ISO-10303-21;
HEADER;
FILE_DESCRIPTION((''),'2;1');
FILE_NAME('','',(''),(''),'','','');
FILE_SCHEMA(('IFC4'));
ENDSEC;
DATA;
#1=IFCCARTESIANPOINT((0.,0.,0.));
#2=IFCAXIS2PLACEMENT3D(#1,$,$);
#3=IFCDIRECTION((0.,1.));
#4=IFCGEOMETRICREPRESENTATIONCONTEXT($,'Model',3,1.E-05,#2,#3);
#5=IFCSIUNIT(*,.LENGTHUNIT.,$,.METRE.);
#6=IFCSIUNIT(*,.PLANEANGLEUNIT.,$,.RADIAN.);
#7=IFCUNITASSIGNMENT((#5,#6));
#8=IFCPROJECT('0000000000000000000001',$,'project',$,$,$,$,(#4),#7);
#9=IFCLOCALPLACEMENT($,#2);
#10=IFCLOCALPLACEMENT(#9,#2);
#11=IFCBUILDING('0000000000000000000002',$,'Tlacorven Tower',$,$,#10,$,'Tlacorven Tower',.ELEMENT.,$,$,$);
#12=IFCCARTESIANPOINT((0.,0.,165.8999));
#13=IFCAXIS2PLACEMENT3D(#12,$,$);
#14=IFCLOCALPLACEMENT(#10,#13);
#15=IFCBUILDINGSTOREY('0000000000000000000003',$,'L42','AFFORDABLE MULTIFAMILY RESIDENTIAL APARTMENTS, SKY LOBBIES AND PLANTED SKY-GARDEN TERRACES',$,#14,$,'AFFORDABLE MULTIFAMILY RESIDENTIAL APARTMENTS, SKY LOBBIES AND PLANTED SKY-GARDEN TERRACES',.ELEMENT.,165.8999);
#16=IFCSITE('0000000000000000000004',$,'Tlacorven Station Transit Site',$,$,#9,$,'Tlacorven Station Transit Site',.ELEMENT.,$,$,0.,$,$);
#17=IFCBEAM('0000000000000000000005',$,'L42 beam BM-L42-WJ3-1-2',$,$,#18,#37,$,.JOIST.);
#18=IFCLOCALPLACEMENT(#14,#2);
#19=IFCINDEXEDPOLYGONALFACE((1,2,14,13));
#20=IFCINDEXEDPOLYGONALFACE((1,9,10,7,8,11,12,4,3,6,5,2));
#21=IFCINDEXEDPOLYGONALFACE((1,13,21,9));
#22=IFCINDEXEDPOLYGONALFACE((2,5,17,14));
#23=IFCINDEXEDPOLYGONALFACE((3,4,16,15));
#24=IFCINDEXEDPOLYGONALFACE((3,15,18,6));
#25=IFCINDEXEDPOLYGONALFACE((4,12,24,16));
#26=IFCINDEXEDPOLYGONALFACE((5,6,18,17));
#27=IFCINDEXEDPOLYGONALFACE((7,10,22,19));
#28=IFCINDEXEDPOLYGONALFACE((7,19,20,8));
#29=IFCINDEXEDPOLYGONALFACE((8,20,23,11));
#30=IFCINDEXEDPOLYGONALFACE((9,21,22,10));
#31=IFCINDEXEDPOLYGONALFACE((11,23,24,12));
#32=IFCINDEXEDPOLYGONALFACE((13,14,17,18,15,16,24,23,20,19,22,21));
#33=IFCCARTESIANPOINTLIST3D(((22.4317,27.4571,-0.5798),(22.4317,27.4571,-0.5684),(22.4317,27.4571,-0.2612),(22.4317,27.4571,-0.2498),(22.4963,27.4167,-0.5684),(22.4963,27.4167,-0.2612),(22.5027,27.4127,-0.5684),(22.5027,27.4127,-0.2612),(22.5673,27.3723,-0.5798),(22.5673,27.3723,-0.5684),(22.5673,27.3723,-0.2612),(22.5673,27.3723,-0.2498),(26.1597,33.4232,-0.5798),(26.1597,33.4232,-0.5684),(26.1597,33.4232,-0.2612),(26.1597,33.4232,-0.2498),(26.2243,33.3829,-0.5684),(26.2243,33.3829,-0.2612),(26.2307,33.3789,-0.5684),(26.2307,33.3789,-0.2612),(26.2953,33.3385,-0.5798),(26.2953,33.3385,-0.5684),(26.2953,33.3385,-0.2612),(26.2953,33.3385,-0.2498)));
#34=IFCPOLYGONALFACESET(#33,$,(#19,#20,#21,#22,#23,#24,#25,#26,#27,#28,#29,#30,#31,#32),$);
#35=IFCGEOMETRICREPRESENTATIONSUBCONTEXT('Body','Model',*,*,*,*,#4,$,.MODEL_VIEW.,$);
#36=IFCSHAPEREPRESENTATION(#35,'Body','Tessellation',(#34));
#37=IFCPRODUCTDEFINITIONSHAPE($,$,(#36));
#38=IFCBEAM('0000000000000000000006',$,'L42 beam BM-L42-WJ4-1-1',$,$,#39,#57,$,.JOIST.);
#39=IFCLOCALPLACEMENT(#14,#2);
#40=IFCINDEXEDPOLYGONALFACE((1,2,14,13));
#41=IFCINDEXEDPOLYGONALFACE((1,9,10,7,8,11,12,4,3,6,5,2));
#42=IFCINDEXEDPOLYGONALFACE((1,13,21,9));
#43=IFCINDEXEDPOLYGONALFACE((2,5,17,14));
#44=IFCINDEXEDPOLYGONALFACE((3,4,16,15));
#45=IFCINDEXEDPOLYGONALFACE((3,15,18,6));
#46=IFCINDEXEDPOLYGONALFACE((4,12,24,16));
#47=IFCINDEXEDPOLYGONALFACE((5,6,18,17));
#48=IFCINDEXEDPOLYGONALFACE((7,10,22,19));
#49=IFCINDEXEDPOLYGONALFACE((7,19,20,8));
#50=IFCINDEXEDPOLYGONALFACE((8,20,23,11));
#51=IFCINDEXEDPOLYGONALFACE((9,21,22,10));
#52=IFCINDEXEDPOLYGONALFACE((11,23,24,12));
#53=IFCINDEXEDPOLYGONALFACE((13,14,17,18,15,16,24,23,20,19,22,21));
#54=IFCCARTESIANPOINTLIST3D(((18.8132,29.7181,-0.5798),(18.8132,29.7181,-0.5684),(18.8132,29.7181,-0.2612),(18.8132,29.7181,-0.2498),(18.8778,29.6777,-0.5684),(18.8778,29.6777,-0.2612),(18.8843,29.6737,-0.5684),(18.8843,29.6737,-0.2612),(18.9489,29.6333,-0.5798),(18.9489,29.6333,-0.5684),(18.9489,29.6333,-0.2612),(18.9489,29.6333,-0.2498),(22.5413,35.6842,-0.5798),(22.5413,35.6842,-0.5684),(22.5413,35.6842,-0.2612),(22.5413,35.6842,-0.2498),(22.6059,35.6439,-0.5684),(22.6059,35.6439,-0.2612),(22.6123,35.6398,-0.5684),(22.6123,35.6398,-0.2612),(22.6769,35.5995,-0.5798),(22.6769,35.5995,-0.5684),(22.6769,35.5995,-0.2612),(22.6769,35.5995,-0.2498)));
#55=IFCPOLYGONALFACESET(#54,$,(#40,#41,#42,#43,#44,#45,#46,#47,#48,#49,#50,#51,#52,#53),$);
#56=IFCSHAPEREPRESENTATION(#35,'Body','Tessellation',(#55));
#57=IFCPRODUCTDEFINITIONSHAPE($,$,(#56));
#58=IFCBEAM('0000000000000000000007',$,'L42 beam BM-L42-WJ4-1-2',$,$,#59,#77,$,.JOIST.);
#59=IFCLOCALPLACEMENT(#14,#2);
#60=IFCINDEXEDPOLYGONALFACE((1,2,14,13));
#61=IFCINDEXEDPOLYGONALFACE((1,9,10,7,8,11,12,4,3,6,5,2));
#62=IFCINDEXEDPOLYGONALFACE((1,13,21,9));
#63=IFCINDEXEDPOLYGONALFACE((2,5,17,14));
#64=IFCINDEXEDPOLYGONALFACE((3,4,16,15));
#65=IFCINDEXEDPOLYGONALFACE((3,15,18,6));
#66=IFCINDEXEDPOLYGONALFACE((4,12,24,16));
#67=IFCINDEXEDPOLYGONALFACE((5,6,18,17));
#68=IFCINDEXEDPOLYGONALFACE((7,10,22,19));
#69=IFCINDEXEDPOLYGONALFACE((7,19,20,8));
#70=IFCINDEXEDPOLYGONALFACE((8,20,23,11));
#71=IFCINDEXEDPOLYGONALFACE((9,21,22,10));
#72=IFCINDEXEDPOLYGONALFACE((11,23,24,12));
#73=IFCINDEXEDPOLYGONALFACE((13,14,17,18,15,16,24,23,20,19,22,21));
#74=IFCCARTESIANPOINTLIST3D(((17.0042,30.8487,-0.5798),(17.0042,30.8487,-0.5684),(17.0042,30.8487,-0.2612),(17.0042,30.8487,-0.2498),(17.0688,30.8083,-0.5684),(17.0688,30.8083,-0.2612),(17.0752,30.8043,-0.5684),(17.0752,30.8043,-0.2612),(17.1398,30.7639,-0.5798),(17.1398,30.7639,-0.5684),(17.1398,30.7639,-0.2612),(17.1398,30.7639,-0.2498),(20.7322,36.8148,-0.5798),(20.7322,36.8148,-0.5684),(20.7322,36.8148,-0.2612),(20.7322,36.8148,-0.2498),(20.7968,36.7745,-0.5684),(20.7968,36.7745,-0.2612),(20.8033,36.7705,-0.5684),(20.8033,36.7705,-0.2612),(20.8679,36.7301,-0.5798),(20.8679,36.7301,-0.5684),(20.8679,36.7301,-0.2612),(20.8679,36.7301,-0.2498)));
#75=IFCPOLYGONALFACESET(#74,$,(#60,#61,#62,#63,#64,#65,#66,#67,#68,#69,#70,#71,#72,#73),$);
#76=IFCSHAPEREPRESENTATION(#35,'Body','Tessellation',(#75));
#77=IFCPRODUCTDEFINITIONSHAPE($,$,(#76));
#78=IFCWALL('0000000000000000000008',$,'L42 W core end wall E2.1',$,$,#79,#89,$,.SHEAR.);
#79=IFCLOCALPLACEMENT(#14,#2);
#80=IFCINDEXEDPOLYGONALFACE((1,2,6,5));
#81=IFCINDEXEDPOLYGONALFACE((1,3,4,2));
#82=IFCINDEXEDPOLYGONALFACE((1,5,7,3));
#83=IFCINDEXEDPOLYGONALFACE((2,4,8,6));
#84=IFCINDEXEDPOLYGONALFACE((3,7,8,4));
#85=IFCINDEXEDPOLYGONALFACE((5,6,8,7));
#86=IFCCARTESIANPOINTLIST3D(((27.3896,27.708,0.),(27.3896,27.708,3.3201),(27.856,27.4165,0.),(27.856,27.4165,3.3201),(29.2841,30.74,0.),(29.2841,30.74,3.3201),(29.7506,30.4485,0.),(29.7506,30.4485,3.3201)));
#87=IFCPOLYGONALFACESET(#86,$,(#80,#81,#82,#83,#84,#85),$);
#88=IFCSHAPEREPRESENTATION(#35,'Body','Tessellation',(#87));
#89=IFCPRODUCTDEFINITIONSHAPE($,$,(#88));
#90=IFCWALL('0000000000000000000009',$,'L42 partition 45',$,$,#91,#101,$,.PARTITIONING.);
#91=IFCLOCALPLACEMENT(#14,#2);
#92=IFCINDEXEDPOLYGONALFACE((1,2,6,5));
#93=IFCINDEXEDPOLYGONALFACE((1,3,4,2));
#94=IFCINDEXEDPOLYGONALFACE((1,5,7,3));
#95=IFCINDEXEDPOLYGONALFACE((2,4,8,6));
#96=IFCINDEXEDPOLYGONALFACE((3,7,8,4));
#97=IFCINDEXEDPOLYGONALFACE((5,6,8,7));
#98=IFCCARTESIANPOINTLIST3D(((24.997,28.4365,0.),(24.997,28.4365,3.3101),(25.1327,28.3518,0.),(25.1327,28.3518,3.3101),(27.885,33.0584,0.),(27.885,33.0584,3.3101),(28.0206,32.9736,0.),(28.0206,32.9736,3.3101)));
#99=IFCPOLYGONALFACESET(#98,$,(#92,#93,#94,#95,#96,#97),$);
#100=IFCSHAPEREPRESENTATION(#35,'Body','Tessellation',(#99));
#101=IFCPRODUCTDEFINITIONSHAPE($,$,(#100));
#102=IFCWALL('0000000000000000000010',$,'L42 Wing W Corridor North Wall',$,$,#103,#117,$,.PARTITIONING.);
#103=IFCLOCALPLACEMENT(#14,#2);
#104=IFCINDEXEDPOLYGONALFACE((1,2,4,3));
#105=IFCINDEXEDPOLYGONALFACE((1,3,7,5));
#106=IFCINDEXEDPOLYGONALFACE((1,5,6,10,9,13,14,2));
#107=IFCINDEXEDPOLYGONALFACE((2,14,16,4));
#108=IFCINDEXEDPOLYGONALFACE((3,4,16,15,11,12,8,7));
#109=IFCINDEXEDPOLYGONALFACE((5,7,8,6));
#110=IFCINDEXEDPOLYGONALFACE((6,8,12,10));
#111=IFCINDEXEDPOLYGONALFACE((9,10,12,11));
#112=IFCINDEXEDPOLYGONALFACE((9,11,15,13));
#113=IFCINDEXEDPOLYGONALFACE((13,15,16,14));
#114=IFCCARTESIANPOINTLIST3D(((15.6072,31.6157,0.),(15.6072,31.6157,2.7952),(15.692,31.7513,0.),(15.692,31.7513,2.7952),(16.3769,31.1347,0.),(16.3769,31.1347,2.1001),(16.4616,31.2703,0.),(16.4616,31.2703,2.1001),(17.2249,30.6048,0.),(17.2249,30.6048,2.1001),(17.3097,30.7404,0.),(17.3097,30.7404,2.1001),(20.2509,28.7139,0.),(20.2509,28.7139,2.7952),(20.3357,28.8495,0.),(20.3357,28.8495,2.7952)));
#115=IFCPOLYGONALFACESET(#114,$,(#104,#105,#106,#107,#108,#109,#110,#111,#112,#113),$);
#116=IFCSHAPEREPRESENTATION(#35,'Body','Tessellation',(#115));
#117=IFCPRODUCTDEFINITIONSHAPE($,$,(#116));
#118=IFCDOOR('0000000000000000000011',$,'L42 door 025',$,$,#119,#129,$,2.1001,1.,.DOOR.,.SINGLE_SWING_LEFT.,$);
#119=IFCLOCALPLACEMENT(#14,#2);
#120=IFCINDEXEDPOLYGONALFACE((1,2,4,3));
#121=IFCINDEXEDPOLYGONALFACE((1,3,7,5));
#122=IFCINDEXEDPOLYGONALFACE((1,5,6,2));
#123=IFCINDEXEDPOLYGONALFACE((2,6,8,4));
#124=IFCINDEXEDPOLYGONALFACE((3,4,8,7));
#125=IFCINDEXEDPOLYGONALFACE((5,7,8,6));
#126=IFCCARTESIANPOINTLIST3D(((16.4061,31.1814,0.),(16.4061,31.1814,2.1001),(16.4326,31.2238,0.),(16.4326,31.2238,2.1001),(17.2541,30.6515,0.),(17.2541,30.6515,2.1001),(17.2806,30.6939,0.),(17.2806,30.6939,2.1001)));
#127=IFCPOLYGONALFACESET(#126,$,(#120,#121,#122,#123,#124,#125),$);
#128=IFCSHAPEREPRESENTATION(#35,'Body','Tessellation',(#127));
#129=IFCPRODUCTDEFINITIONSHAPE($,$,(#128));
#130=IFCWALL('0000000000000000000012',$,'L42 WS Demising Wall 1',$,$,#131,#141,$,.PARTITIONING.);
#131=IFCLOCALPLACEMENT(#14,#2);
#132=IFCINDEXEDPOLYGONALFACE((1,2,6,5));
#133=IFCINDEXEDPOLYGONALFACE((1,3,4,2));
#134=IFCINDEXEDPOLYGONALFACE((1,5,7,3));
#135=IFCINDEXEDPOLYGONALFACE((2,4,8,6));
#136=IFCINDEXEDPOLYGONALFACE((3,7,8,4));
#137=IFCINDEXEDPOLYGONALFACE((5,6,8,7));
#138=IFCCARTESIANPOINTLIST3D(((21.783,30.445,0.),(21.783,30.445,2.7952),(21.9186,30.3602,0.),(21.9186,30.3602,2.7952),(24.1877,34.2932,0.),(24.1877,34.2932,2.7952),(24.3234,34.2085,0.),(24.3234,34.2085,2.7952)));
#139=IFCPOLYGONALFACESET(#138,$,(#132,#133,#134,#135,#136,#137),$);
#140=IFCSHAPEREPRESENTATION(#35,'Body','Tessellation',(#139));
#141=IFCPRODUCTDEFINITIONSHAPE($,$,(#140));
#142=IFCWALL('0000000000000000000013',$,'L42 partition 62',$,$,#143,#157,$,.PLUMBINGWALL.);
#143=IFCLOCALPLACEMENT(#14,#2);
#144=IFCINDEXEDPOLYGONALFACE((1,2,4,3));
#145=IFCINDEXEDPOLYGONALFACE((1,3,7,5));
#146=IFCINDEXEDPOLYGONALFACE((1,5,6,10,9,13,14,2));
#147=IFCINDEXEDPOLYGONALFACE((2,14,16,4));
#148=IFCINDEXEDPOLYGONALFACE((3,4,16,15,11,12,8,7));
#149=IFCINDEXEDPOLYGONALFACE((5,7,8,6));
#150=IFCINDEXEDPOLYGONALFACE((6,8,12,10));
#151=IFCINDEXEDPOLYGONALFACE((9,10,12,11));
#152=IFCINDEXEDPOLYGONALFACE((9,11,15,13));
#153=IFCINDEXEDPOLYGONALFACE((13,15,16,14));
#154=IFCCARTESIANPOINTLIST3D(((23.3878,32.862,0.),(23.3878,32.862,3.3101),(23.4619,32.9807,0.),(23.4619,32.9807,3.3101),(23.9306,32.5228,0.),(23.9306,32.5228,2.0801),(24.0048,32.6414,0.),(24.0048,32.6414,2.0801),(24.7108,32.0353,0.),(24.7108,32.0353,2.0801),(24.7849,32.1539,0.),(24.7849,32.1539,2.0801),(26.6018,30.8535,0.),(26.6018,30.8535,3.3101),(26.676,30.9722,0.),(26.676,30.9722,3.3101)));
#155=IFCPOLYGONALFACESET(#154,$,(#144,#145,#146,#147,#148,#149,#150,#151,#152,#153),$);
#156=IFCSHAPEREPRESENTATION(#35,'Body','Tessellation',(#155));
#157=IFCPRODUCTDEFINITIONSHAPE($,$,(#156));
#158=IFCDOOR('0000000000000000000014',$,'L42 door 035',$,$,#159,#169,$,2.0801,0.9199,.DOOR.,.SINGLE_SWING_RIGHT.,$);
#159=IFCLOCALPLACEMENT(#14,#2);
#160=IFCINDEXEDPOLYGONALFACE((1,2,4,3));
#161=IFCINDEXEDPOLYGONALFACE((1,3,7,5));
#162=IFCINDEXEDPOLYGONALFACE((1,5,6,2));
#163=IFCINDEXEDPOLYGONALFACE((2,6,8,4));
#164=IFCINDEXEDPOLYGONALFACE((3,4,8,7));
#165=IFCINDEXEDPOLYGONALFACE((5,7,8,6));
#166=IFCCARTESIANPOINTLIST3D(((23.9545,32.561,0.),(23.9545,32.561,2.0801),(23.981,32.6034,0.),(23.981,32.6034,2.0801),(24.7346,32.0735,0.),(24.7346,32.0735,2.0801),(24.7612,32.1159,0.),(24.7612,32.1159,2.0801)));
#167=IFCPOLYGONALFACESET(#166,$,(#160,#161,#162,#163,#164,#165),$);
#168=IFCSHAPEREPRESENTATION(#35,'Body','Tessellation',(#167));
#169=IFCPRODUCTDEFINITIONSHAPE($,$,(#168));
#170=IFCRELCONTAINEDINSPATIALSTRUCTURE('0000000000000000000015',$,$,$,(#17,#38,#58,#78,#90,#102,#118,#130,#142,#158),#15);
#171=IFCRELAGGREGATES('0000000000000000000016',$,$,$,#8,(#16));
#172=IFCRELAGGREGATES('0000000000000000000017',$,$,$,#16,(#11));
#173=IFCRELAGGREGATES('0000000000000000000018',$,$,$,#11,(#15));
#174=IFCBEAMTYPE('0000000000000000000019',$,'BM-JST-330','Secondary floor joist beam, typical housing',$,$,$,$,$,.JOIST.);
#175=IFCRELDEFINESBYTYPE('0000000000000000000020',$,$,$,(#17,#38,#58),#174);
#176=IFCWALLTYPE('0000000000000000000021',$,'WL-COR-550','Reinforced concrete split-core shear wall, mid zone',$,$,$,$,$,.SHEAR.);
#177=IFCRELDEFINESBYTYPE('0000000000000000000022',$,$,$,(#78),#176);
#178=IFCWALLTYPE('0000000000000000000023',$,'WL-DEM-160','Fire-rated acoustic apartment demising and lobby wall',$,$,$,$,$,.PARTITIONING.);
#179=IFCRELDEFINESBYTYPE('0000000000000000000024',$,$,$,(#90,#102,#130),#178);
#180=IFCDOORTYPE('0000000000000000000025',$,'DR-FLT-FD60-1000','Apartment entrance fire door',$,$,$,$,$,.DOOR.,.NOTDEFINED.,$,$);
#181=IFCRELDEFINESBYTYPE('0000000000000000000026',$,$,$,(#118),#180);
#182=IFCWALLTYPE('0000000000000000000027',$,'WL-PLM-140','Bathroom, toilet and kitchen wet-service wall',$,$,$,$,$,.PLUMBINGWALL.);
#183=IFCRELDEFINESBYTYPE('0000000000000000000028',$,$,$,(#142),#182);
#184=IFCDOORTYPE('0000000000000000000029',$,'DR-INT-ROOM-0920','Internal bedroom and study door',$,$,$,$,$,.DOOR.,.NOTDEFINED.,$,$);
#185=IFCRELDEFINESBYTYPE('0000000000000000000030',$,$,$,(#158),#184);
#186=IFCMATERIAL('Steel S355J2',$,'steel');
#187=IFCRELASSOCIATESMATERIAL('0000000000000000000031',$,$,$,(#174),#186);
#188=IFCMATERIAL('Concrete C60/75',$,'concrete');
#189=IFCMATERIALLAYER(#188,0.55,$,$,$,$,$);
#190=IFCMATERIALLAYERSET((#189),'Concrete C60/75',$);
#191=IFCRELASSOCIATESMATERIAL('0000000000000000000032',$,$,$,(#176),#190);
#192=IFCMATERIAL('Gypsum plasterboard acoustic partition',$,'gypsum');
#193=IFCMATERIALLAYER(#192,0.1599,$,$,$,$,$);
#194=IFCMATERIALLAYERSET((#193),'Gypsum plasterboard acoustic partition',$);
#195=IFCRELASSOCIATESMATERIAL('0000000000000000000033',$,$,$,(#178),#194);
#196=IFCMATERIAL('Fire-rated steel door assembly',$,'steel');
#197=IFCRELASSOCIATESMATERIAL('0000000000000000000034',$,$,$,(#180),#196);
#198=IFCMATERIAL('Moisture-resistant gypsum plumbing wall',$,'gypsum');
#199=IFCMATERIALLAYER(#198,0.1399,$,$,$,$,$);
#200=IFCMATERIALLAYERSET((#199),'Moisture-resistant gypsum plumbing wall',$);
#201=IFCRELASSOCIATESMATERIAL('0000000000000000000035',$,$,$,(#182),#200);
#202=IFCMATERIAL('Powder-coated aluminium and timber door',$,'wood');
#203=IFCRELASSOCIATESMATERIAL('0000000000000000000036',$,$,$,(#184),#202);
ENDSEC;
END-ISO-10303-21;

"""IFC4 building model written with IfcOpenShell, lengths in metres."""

from ifc_helpers import new_model, si_unit, direction, frame, frame_2d, origin, origin_2d, place, context, subcontext, project, spatial, rectangle, i_section, extrude, source, transform, mapped, material, layer, layer_set, material_profile, profile_set, type_object, element, fill, save


model = new_model("IFC4")

# Units and contexts
model_context = context("Model", 3, precision=1e-05, world=origin(), true_north=direction((0.0, 1.0)))
body_context = subcontext(model_context, "Body", "Model", "MODEL_VIEW")
ifc_project = project(units=[si_unit("LENGTHUNIT", "METRE"), si_unit("PLANEANGLEUNIT", "RADIAN")], contexts=[model_context])

# Site, building, storey
site_placement = place(None, origin())
site = spatial("IfcSite", under=ifc_project, at=site_placement, Name="Tlacorven Station Transit Site", LongName="Tlacorven Station Transit Site", CompositionType="ELEMENT", RefElevation=0.0)
building_placement = place(site_placement, origin())
building = spatial("IfcBuilding", under=site, at=building_placement, Name="Tlacorven Tower", LongName="Tlacorven Tower", CompositionType="ELEMENT")
storey_placement = place(building_placement, frame((0.0, 0.0, 165.8999)))
storey = spatial("IfcBuildingStorey", under=building, at=storey_placement, Name="L42", Description="AFFORDABLE MULTIFAMILY RESIDENTIAL APARTMENTS, SKY LOBBIES AND PLANTED SKY-GARDEN TERRACES", LongName="AFFORDABLE MULTIFAMILY RESIDENTIAL APARTMENTS, SKY LOBBIES AND PLANTED SKY-GARDEN TERRACES", CompositionType="ELEMENT", Elevation=165.8999)

# Beams
ifc_material_1 = material(Name="Steel S355J2", Category="steel")
ifc_material_profile_1 = material_profile(ifc_material_1, i_section(OverallWidth=0.1599, OverallDepth=0.3301, WebThickness=0.0076, FlangeThickness=0.0115, at=origin_2d()), Name="IPE 330")
ifc_profile_set_1 = profile_set([ifc_material_profile_1], Name="Steel S355J2")
beam_type_1 = type_object("IfcBeamType", Name="BM-JST-330", Description="Secondary floor joist beam, typical housing", PredefinedType="JOIST", material=ifc_profile_set_1)
shared_shape_1 = source(origin(), body_context, "Body", "SweptSolid", [
    extrude(i_section(OverallWidth=0.1599, OverallDepth=0.3301, WebThickness=0.0076, FlangeThickness=0.0115, at=origin_2d()), origin(), (0.0, 0.0, 1.0), 7.0352),
])
for number, where, z_axis, x_axis, name in (
    (1, (26.2275, 33.3809, -0.4148), (-0.529921, -0.848047, 0.0), (0.848047, -0.529921, 0.0), "L42 beam BM-L42-WJ3-1-2"),
    (2, (22.6091, 35.6418, -0.4148), (-0.529921, -0.848047, 0.0), (0.848047, -0.529921, 0.0), "L42 beam BM-L42-WJ4-1-1"),
    (3, (20.8, 36.7725, -0.4148), (-0.529921, -0.848047, 0.0), (0.848047, -0.529921, 0.0), "L42 beam BM-L42-WJ4-1-2"),
):
    element("IfcBeam", number, at=place(storey_placement, frame(where, z_axis=z_axis, x_axis=x_axis)), inside=storey, type_object=beam_type_1, Name=name, PredefinedType="JOIST", context=body_context, shape_type="MappedRepresentation", body=[
        mapped(shared_shape_1, transform((0.0, 0.0, 0.0), scale=1.0)),
    ])

# Walls
ifc_material_2 = material(Name="Concrete C60/75", Category="concrete")
ifc_layer_1 = layer(ifc_material_2, 0.55)
ifc_layer_set_1 = layer_set([ifc_layer_1], Name="Concrete C60/75")
wall_type_1 = type_object("IfcWallType", Name="WL-COR-550", Description="Reinforced concrete split-core shear wall, mid zone", PredefinedType="SHEAR", material=ifc_layer_set_1)
wall_1_placement = place(storey_placement, frame((29.5173, 30.5942, 0.0), z_axis=(0.0, 0.0, 1.0), x_axis=(-0.529907, -0.848056, 0.0)))
element("IfcWall", 4, at=wall_1_placement, inside=storey, type_object=wall_type_1, Name="L42 W core end wall E2.1", PredefinedType="SHEAR", context=body_context, shape_type="SweptSolid", body=[
    extrude(rectangle(XDim=3.5752, YDim=0.55, at=frame_2d((1.7876, 0.0))), origin(), (0.0, 0.0, 1.0), 3.3201),
])
ifc_material_3 = material(Name="Gypsum plasterboard acoustic partition", Category="gypsum")
ifc_layer_2 = layer(ifc_material_3, 0.1599)
ifc_layer_set_2 = layer_set([ifc_layer_2], Name="Gypsum plasterboard acoustic partition")
wall_type_2 = type_object("IfcWallType", Name="WL-DEM-160", Description="Fire-rated acoustic apartment demising and lobby wall", PredefinedType="PARTITIONING", material=ifc_layer_set_2)
wall_2_placement = place(storey_placement, frame((27.9529, 33.0161, 0.0), z_axis=(0.0, 0.0, 1.0), x_axis=(-0.529906, -0.848056, 0.0)))
element("IfcWall", 5, at=wall_2_placement, inside=storey, type_object=wall_type_2, Name="L42 partition 45", PredefinedType="PARTITIONING", context=body_context, shape_type="SweptSolid", body=[
    extrude(rectangle(XDim=5.45, YDim=0.1599, at=frame_2d((2.7251, 0.0))), origin(), (0.0, 0.0, 1.0), 3.3101),
])

# Wall, opening, door
wall_3_placement = place(storey_placement, frame((20.2932, 28.7817, 0.0), z_axis=(0.0, 0.0, 1.0), x_axis=(-0.848041, 0.529931, 0.0)))
wall_3 = element("IfcWall", 6, at=wall_3_placement, inside=storey, type_object=wall_type_2, Name="L42 Wing W Corridor North Wall", PredefinedType="PARTITIONING", context=body_context, shape_type="SweptSolid", body=[
    extrude(rectangle(XDim=5.4758, YDim=0.1599, at=frame_2d((2.7378, 0.0))), origin(), (0.0, 0.0, 1.0), 2.7952),
])
opening_1_placement = place(wall_3_placement, frame((3.5681, 0.0, 0.0)))
opening_1 = element("IfcOpeningElement", 7, at=opening_1_placement, cuts=wall_3, PredefinedType="OPENING", context=body_context, shape_type="SweptSolid", body=[
    extrude(rectangle(XDim=1.0, YDim=2.1001, at=frame_2d((0.5, 1.05))), frame((0.0, 0.0898, 0.0), z_axis=(0.0, -1.0, 0.0), x_axis=(1.0, 0.0, 0.0)), (0.0, 0.0, 1.0), 0.1799),
])
ifc_material_4 = material(Name="Fire-rated steel door assembly", Category="steel")
door_type_1 = type_object("IfcDoorType", Name="DR-FLT-FD60-1000", Description="Apartment entrance fire door", OperationType="NOTDEFINED", PredefinedType="DOOR", material=ifc_material_4)
shared_shape_2 = source(origin(), body_context, "Body", "SweptSolid", [
    extrude(rectangle(XDim=1.0, YDim=2.1001, at=frame_2d((0.5, 1.05))), frame((0.0, 0.0249, 0.0), z_axis=(0.0, -1.0, 0.0), x_axis=(1.0, 0.0, 0.0)), (0.0, 0.0, 1.0), 0.05),
])
door_1_placement = place(opening_1_placement, origin())
door_1 = element("IfcDoor", 8, at=door_1_placement, inside=storey, type_object=door_type_1, Name="L42 door 025", OperationType="SINGLE_SWING_LEFT", OverallHeight=2.1001, OverallWidth=1.0, PredefinedType="DOOR", context=body_context, shape_type="MappedRepresentation", body=[
    mapped(shared_shape_2, transform((0.0, 0.0, 0.0), scale=1.0)),
])
fill(opening_1, door_1)

# Wall
wall_4_placement = place(storey_placement, frame((24.2556, 34.251, 0.0), z_axis=(0.0, 0.0, 1.0), x_axis=(-0.529926, -0.848044, 0.0)))
element("IfcWall", 9, at=wall_4_placement, inside=storey, type_object=wall_type_2, Name="L42 WS Demising Wall 1", PredefinedType="PARTITIONING", context=body_context, shape_type="SweptSolid", body=[
    extrude(rectangle(XDim=4.5378, YDim=0.1599, at=frame_2d((2.269, 0.0))), origin(), (0.0, 0.0, 1.0), 2.7952),
])

# Wall, opening, door
ifc_material_5 = material(Name="Moisture-resistant gypsum plumbing wall", Category="gypsum")
ifc_layer_3 = layer(ifc_material_5, 0.1399)
ifc_layer_set_3 = layer_set([ifc_layer_3], Name="Moisture-resistant gypsum plumbing wall")
wall_type_3 = type_object("IfcWallType", Name="WL-PLM-140", Description="Bathroom, toilet and kitchen wet-service wall", PredefinedType="PLUMBINGWALL", material=ifc_layer_set_3)
wall_5_placement = place(storey_placement, frame((26.6389, 30.9128, 0.0), z_axis=(0.0, 0.0, 1.0), x_axis=(-0.848031, 0.529947, 0.0)))
wall_5 = element("IfcWall", 10, at=wall_5_placement, inside=storey, type_object=wall_type_3, Name="L42 partition 62", PredefinedType="PLUMBINGWALL", context=body_context, shape_type="SweptSolid", body=[
    extrude(rectangle(XDim=3.79, YDim=0.1399, at=frame_2d((1.895, 0.0))), origin(), (0.0, 0.0, 1.0), 3.3101),
])
opening_2_placement = place(wall_5_placement, frame((2.23, 0.0, 0.0)))
opening_2 = element("IfcOpeningElement", 11, at=opening_2_placement, cuts=wall_5, PredefinedType="OPENING", context=body_context, shape_type="SweptSolid", body=[
    extrude(rectangle(XDim=0.9199, YDim=2.0801, at=frame_2d((0.46, 1.04))), frame((0.0, 0.0801, 0.0), z_axis=(0.0, -1.0, 0.0), x_axis=(1.0, 0.0, 0.0)), (0.0, 0.0, 1.0), 0.1599),
])
ifc_material_6 = material(Name="Powder-coated aluminium and timber door", Category="wood")
door_type_2 = type_object("IfcDoorType", Name="DR-INT-ROOM-0920", Description="Internal bedroom and study door", OperationType="NOTDEFINED", PredefinedType="DOOR", material=ifc_material_6)
shared_shape_3 = source(origin(), body_context, "Body", "SweptSolid", [
    extrude(rectangle(XDim=0.9199, YDim=2.0801, at=frame_2d((0.46, 1.04))), frame((0.0, 0.0249, 0.0), z_axis=(0.0, -1.0, 0.0), x_axis=(1.0, 0.0, 0.0)), (0.0, 0.0, 1.0), 0.05),
])
door_2_placement = place(opening_2_placement, origin())
door_2 = element("IfcDoor", 12, at=door_2_placement, inside=storey, type_object=door_type_2, Name="L42 door 035", OperationType="SINGLE_SWING_RIGHT", OverallHeight=2.0801, OverallWidth=0.9199, PredefinedType="DOOR", context=body_context, shape_type="MappedRepresentation", body=[
    mapped(shared_shape_3, transform((0.0, 0.0, 0.0), scale=1.0)),
])
fill(opening_2, door_2)

save(model, "model.ifc")
